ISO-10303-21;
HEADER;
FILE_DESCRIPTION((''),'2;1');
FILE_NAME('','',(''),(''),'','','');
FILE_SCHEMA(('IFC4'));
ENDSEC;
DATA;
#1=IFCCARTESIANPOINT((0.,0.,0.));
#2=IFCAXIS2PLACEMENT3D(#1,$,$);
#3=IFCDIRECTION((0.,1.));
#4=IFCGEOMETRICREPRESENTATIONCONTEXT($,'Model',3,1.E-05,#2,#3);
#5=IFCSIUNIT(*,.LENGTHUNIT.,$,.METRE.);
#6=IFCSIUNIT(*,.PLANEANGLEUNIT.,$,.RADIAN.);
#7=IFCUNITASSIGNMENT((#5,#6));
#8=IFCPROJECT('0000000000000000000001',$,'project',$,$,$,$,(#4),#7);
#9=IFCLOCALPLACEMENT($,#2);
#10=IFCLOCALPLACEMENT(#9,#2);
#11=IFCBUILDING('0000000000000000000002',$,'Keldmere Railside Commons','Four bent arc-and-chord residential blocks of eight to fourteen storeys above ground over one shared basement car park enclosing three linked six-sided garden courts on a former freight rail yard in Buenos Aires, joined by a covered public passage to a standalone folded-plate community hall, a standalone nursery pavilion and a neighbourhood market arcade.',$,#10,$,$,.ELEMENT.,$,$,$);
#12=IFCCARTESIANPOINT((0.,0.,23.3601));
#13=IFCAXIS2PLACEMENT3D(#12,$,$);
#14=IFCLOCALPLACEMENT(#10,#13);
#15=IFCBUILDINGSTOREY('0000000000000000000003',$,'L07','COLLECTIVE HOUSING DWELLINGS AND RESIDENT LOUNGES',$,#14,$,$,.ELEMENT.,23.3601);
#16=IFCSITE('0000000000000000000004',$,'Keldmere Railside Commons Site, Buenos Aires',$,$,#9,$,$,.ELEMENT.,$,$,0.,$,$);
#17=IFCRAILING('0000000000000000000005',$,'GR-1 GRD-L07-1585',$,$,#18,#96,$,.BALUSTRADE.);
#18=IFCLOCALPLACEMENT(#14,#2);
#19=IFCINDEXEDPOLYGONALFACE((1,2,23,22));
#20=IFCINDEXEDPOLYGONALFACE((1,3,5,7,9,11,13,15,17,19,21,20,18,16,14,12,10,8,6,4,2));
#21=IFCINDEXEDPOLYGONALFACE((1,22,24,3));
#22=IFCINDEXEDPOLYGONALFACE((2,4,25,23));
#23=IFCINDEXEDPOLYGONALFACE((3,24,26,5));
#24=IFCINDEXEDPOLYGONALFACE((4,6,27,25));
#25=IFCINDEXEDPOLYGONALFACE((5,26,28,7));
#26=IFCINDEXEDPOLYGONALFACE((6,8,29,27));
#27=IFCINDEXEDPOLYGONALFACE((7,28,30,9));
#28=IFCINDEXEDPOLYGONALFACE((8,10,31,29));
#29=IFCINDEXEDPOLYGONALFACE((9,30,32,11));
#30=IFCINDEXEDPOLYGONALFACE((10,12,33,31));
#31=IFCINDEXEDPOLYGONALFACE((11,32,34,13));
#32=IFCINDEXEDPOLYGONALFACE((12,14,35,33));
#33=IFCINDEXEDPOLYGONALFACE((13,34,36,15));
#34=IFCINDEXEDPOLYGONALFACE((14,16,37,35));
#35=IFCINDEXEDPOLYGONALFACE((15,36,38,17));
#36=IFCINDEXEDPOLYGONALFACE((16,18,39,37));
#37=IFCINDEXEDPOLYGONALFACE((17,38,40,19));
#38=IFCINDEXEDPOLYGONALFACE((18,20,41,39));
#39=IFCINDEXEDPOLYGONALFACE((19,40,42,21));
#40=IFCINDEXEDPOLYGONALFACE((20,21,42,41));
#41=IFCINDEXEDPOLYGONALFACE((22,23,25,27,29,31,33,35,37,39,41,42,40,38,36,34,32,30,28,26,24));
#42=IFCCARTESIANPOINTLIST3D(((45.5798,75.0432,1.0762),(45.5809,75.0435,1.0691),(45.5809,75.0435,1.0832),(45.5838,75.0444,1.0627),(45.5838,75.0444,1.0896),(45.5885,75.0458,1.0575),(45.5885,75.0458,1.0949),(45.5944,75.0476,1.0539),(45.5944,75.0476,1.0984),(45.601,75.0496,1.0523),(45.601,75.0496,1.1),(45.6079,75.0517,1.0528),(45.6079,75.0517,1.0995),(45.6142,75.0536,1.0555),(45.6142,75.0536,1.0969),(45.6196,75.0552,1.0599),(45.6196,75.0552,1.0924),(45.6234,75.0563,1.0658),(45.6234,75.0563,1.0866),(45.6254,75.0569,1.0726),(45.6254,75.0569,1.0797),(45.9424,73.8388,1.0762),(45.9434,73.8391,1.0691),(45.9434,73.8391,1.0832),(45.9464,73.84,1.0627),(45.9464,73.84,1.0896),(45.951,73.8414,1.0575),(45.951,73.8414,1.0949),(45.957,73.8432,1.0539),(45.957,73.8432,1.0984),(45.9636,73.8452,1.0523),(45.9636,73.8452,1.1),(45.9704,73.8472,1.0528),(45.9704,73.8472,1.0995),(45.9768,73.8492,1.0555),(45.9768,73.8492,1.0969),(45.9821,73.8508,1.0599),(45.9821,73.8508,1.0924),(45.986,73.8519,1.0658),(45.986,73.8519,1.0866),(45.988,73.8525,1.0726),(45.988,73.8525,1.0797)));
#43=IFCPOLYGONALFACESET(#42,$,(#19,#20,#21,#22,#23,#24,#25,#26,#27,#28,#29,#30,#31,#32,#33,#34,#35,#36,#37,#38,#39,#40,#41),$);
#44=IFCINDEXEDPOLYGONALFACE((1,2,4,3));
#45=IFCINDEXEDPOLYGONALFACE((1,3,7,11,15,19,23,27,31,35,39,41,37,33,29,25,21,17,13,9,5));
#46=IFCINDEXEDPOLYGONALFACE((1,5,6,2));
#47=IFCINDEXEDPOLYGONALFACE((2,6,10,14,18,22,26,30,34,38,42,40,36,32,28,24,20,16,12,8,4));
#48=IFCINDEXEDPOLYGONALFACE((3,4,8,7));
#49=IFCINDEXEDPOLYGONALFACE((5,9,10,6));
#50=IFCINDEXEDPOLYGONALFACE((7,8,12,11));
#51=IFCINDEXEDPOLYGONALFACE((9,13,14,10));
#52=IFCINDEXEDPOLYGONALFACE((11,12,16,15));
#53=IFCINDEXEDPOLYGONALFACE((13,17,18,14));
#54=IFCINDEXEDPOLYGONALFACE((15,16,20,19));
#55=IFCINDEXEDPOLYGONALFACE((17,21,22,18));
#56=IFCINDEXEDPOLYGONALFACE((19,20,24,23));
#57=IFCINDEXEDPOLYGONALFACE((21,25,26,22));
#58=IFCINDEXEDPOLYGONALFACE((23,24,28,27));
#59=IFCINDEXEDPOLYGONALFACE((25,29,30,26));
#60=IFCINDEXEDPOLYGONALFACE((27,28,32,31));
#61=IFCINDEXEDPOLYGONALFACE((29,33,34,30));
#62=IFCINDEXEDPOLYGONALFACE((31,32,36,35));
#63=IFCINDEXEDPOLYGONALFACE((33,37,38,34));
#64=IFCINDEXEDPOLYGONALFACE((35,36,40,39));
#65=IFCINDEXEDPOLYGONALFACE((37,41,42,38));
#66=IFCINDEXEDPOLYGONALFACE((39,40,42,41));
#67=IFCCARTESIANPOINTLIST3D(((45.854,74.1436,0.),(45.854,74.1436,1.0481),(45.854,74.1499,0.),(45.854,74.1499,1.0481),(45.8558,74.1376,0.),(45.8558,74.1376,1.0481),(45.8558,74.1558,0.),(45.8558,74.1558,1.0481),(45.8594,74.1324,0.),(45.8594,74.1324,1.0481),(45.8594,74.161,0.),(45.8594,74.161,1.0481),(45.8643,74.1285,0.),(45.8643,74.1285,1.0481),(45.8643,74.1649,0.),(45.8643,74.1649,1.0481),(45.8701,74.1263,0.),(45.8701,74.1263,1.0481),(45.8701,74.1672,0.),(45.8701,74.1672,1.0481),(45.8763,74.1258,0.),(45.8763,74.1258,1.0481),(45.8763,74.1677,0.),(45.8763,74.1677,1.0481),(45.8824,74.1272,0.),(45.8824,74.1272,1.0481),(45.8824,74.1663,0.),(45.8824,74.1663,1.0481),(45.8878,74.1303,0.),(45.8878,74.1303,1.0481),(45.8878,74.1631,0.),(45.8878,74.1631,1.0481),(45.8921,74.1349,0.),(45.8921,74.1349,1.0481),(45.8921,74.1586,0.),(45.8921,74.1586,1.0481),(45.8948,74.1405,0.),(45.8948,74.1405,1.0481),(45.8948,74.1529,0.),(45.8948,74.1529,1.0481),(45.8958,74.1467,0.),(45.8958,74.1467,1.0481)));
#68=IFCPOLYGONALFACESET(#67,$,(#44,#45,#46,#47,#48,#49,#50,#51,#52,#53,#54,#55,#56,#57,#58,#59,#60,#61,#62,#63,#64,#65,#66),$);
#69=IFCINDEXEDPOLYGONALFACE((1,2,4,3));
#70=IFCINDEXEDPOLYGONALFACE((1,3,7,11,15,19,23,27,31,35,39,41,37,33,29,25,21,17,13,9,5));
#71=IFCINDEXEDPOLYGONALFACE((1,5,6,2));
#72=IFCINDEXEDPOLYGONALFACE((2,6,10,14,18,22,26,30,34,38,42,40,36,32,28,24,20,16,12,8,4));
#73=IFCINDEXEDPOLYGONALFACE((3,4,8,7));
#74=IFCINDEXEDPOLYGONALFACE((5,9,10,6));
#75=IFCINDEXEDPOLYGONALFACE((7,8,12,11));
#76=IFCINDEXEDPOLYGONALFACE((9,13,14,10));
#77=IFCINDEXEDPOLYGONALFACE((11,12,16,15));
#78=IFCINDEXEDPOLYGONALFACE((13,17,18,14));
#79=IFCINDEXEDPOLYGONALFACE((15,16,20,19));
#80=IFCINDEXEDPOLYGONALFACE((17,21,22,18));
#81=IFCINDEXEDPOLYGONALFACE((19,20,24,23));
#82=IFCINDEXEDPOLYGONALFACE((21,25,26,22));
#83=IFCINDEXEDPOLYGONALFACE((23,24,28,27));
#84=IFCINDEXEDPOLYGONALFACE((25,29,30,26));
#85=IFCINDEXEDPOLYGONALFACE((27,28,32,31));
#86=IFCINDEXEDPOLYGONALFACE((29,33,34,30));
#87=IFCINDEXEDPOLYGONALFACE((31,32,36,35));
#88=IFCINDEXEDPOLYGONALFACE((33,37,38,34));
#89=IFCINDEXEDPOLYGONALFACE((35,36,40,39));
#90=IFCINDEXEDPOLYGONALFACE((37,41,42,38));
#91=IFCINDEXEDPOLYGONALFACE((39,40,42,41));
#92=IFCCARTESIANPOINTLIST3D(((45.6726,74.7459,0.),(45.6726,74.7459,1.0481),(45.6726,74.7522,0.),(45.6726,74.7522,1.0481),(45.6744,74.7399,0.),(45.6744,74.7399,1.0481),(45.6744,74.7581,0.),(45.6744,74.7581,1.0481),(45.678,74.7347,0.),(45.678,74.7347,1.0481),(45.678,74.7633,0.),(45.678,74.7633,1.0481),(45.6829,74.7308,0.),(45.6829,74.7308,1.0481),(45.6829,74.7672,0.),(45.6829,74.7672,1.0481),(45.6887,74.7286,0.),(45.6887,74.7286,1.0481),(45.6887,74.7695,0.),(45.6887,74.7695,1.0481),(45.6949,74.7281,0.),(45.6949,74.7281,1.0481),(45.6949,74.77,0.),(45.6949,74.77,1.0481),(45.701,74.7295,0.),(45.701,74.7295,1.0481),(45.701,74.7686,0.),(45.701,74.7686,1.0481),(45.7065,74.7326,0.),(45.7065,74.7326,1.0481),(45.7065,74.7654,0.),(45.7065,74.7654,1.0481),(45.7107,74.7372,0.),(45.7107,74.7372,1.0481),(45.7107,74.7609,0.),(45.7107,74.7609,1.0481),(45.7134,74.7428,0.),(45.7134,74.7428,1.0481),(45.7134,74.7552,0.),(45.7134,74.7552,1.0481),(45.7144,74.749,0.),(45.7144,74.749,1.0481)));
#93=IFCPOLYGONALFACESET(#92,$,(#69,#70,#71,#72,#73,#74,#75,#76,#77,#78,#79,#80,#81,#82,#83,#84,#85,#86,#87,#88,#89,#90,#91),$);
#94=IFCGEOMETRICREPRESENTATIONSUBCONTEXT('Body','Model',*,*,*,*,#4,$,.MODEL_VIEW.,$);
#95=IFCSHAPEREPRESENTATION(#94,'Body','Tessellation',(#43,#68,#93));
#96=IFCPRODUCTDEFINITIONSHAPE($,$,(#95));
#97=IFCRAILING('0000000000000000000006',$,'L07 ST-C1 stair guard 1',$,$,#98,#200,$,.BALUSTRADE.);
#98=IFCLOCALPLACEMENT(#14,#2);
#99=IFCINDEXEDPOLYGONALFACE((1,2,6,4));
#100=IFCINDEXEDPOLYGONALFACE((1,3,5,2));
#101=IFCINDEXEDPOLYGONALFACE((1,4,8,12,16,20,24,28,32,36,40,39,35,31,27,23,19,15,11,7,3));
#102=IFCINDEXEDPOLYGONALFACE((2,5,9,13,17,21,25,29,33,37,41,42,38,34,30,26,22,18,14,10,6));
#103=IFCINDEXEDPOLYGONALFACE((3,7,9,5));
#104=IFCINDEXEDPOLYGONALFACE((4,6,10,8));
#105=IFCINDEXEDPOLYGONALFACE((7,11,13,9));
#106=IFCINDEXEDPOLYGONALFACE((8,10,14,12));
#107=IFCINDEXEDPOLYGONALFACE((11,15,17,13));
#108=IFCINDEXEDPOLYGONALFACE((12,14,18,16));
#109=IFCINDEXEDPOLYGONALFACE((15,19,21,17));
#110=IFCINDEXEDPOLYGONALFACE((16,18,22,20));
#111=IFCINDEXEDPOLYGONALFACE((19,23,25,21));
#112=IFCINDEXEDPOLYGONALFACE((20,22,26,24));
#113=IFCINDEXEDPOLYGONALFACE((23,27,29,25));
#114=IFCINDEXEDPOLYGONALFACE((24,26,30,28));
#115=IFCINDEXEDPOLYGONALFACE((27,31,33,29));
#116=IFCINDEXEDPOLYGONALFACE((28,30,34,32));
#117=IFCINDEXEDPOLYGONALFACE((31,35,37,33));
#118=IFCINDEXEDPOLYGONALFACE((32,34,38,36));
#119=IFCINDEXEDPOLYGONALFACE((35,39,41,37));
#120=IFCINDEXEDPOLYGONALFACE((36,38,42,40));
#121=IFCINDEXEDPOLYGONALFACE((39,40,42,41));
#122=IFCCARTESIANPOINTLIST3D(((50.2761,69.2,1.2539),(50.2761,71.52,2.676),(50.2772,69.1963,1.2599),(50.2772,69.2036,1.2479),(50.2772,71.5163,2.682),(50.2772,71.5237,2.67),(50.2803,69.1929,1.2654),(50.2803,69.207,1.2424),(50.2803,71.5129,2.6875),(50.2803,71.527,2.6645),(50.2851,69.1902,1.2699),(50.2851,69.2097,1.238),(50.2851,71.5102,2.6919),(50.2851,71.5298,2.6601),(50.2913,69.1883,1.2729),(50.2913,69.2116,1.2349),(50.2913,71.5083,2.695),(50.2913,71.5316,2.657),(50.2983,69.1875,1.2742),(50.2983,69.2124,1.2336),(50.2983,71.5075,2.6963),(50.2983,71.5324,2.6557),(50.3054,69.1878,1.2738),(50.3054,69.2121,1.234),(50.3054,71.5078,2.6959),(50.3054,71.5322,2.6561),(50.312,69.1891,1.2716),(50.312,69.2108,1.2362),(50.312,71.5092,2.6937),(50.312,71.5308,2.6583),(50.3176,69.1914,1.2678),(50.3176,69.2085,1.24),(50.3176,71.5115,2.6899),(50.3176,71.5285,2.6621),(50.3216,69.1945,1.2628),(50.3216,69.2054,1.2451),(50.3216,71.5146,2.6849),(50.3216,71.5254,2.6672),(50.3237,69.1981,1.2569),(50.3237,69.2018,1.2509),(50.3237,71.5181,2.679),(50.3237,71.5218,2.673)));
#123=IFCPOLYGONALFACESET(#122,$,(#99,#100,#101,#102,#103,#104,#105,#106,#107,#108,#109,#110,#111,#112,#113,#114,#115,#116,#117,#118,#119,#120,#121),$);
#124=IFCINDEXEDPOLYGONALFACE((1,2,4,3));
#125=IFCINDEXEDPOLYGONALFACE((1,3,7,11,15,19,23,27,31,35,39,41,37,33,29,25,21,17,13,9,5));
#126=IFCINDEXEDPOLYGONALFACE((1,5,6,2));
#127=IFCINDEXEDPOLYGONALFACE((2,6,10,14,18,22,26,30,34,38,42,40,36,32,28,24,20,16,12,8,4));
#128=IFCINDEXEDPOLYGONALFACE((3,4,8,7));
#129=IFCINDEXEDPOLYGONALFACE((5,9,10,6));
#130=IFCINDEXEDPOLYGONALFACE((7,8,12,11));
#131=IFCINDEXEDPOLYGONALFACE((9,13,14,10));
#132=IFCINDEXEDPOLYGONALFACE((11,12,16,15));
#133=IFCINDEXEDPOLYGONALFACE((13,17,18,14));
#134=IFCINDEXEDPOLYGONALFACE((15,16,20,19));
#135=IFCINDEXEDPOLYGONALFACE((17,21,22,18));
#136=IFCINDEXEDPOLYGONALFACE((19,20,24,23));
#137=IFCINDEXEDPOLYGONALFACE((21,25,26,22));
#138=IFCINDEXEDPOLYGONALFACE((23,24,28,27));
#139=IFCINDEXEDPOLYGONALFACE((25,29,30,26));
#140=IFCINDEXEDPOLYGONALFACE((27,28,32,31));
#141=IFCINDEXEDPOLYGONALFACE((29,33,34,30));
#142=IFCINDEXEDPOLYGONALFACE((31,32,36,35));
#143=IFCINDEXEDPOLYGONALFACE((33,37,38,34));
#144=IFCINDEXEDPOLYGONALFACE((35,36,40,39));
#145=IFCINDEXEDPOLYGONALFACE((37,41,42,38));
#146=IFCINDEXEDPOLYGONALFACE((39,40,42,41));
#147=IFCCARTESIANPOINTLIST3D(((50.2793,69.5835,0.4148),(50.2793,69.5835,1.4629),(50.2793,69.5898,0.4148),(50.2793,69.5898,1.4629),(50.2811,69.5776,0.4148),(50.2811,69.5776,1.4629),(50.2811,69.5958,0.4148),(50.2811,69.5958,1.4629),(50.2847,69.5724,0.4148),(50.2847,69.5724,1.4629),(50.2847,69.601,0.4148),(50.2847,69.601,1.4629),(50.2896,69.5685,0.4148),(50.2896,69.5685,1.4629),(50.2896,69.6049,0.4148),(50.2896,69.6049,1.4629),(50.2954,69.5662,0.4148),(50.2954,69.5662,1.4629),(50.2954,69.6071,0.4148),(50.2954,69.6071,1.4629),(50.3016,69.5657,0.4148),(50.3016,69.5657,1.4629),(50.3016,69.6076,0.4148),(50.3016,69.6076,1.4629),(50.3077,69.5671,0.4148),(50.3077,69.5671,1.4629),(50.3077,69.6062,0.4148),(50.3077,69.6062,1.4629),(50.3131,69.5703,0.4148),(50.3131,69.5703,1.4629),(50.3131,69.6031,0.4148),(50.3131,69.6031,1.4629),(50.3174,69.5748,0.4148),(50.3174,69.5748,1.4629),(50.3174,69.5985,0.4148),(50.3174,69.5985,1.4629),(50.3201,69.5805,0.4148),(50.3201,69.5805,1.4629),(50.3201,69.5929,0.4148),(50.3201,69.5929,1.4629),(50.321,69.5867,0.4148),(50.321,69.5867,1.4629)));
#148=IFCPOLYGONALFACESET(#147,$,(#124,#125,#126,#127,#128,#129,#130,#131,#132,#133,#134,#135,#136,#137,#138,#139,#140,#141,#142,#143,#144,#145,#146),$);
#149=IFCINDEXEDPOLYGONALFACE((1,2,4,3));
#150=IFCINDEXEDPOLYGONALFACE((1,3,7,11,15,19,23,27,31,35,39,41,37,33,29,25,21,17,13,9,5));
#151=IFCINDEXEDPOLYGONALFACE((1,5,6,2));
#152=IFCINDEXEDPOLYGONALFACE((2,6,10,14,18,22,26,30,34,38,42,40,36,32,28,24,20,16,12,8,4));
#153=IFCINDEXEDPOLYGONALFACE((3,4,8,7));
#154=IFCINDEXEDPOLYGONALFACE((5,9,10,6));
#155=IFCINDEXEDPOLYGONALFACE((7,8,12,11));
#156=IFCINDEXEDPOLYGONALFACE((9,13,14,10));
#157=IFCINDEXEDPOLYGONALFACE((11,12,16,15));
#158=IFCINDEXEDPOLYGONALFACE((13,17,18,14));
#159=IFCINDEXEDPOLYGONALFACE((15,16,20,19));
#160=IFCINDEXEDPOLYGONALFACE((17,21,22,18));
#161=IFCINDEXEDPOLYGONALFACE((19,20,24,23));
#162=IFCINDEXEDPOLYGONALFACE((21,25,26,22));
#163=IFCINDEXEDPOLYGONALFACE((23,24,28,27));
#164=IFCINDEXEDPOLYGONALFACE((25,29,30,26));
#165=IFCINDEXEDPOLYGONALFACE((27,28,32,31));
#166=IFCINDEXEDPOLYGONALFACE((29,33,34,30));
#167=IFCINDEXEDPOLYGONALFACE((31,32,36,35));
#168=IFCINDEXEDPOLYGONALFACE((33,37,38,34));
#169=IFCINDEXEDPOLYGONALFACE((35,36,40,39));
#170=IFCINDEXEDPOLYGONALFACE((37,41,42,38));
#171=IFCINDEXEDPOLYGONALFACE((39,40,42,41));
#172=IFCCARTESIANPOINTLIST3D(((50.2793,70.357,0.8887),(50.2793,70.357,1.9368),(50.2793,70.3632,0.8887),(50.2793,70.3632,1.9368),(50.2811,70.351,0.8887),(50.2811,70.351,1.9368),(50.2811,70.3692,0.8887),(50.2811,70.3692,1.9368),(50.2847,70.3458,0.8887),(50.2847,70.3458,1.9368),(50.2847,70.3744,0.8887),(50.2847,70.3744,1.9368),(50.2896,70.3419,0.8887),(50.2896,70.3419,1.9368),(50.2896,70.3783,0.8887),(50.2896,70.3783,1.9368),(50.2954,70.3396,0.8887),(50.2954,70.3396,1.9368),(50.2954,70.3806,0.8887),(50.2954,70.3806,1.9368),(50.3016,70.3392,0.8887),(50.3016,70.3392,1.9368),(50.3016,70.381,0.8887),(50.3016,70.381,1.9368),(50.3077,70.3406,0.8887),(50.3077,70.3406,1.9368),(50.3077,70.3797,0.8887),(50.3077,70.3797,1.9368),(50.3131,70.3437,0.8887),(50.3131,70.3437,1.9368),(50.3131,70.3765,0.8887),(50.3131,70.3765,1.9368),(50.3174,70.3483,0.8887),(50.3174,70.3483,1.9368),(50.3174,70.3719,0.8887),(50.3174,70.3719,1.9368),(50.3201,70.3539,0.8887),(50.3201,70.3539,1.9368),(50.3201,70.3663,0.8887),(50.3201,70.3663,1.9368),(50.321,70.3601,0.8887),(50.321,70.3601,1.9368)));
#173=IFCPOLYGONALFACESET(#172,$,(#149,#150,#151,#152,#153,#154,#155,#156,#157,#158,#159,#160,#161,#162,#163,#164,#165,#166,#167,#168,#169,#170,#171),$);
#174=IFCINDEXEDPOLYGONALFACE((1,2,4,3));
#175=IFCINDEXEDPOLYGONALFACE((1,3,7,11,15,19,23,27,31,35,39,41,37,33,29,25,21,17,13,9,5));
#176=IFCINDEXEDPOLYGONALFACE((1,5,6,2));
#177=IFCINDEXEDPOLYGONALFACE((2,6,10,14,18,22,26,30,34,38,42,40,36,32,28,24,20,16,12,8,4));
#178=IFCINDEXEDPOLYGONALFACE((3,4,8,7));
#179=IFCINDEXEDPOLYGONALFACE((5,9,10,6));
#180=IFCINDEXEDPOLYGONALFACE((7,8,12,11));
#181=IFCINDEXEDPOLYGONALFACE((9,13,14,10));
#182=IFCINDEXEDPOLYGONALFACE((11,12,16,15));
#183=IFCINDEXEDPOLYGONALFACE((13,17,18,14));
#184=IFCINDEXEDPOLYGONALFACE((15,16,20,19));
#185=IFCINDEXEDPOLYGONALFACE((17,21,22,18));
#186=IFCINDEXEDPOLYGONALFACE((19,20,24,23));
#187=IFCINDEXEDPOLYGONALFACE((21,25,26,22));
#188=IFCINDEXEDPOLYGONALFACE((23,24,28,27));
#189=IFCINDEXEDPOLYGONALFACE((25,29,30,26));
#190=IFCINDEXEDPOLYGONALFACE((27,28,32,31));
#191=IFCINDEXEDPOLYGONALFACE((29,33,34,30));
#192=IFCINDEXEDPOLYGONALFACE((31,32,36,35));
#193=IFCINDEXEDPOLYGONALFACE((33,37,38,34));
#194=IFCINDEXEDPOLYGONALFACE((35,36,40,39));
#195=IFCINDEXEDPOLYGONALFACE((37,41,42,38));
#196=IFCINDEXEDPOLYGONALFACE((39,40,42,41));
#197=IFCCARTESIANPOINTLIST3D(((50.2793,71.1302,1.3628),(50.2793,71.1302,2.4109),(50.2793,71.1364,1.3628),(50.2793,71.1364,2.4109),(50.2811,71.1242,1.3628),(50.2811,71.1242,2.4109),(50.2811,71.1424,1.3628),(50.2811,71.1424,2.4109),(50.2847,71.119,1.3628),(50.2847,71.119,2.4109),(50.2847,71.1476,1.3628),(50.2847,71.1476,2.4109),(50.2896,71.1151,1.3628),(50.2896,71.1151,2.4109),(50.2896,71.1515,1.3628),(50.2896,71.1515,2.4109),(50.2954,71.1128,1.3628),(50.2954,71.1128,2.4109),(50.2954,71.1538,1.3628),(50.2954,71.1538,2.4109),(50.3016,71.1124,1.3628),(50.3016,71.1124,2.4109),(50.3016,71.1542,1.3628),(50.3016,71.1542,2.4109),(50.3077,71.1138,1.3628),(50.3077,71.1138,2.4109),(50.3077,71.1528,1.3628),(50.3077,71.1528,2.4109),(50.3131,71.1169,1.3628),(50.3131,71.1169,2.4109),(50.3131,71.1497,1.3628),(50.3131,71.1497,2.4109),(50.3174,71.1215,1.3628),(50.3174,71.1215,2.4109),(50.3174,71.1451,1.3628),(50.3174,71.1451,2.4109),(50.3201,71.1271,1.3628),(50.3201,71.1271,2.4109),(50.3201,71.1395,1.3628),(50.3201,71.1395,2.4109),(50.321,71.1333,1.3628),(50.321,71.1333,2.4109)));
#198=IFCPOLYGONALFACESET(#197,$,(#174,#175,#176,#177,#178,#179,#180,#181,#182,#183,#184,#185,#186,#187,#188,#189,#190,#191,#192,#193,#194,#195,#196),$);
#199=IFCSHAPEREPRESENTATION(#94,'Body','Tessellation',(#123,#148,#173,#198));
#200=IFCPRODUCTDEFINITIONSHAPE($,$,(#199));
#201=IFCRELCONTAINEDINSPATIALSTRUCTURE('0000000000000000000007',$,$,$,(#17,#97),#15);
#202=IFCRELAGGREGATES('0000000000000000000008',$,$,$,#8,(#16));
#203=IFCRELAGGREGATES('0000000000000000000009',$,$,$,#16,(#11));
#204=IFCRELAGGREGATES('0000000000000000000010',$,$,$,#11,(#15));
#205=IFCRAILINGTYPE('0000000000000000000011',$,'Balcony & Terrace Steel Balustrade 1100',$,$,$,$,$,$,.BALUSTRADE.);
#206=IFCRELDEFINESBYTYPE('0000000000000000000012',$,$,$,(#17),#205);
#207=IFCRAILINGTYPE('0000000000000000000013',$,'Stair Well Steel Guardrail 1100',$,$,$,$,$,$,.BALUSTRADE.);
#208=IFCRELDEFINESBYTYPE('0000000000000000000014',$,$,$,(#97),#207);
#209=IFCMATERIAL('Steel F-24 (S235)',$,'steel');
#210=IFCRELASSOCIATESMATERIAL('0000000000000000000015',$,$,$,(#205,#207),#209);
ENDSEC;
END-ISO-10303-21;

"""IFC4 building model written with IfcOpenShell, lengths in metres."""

from ifc_helpers import new_model, si_unit, direction, frame, origin, origin_2d, place, context, subcontext, project, spatial, circle, extrude, material, type_object, element, save


model = new_model("IFC4")

# Units and contexts
model_context = context("Model", 3, precision=1e-05, world=origin(), true_north=direction((0.0, 1.0)))
body_context = subcontext(model_context, "Body", "Model", "MODEL_VIEW")
ifc_project = project(units=[si_unit("LENGTHUNIT", "METRE"), si_unit("PLANEANGLEUNIT", "RADIAN")], contexts=[model_context])

# Site, building, storey
site_placement = place(None, origin())
site = spatial("IfcSite", under=ifc_project, at=site_placement, Name="Keldmere Railside Commons Site, Buenos Aires", CompositionType="ELEMENT", RefElevation=0.0)
building_placement = place(site_placement, origin())
building = spatial("IfcBuilding", under=site, at=building_placement, Name="Keldmere Railside Commons", Description="Four bent arc-and-chord residential blocks of eight to fourteen storeys above ground over one shared basement car park enclosing three linked six-sided garden courts on a former freight rail yard in Buenos Aires, joined by a covered public passage to a standalone folded-plate community hall, a standalone nursery pavilion and a neighbourhood market arcade.", CompositionType="ELEMENT")
storey_placement = place(building_placement, frame((0.0, 0.0, 23.3601)))
storey = spatial("IfcBuildingStorey", under=building, at=storey_placement, Name="L07", Description="COLLECTIVE HOUSING DWELLINGS AND RESIDENT LOUNGES", CompositionType="ELEMENT", Elevation=23.3601)

# Shared definitions
ifc_material_1 = material(Name="Steel F-24 (S235)", Category="steel")

# Railings
railing_type_1 = type_object("IfcRailingType", Name="Balcony & Terrace Steel Balustrade 1100", PredefinedType="BALUSTRADE", material=ifc_material_1)
railing_1_placement = place(storey_placement, frame((45.9653, 73.8457, 0.0)))
element("IfcRailing", 1, at=railing_1_placement, inside=storey, type_object=railing_type_1, Name="GR-1 GRD-L07-1585", PredefinedType="BALUSTRADE", context=body_context, shape_type="SweptSolid", body=[
    extrude(circle(Radius=0.0239, at=origin_2d()), frame((0.0, 0.0, 1.0762), z_axis=(-0.288256, 0.957553, 0.0), x_axis=(-0.957553, -0.288256, 0.0)), (0.0, 0.0, 1.0), 1.2578),
    extrude(circle(Radius=0.021, at=origin_2d()), frame((-0.0906, 0.301, 0.0)), (0.0, 0.0, 1.0), 1.0481),
    extrude(circle(Radius=0.021, at=origin_2d()), frame((-0.272, 0.9033, 0.0)), (0.0, 0.0, 1.0), 1.0481),
])
railing_type_2 = type_object("IfcRailingType", Name="Stair Well Steel Guardrail 1100", PredefinedType="BALUSTRADE", material=ifc_material_1)
railing_2_placement = place(storey_placement, frame((50.3, 69.2, 0.1777)))
element("IfcRailing", 2, at=railing_2_placement, inside=storey, type_object=railing_type_2, Name="L07 ST-C1 stair guard 1", PredefinedType="BALUSTRADE", context=body_context, shape_type="SweptSolid", body=[
    extrude(circle(Radius=0.0239, at=origin_2d()), frame((0.0, 0.0, 1.0762), z_axis=(0.0, 0.852578, 0.5226), x_axis=(-1.0, 0.0, 0.0)), (0.0, 0.0, 1.0), 2.7212),
    extrude(circle(Radius=0.021, at=origin_2d()), frame((0.0, 0.3867, 0.2371)), (0.0, 0.0, 1.0), 1.0481),
    extrude(circle(Radius=0.021, at=origin_2d()), frame((0.0, 1.1602, 0.7109)), (0.0, 0.0, 1.0), 1.0481),
    extrude(circle(Radius=0.021, at=origin_2d()), frame((0.0, 1.9333, 1.1851)), (0.0, 0.0, 1.0), 1.0481),
])

save(model, "model.ifc")
